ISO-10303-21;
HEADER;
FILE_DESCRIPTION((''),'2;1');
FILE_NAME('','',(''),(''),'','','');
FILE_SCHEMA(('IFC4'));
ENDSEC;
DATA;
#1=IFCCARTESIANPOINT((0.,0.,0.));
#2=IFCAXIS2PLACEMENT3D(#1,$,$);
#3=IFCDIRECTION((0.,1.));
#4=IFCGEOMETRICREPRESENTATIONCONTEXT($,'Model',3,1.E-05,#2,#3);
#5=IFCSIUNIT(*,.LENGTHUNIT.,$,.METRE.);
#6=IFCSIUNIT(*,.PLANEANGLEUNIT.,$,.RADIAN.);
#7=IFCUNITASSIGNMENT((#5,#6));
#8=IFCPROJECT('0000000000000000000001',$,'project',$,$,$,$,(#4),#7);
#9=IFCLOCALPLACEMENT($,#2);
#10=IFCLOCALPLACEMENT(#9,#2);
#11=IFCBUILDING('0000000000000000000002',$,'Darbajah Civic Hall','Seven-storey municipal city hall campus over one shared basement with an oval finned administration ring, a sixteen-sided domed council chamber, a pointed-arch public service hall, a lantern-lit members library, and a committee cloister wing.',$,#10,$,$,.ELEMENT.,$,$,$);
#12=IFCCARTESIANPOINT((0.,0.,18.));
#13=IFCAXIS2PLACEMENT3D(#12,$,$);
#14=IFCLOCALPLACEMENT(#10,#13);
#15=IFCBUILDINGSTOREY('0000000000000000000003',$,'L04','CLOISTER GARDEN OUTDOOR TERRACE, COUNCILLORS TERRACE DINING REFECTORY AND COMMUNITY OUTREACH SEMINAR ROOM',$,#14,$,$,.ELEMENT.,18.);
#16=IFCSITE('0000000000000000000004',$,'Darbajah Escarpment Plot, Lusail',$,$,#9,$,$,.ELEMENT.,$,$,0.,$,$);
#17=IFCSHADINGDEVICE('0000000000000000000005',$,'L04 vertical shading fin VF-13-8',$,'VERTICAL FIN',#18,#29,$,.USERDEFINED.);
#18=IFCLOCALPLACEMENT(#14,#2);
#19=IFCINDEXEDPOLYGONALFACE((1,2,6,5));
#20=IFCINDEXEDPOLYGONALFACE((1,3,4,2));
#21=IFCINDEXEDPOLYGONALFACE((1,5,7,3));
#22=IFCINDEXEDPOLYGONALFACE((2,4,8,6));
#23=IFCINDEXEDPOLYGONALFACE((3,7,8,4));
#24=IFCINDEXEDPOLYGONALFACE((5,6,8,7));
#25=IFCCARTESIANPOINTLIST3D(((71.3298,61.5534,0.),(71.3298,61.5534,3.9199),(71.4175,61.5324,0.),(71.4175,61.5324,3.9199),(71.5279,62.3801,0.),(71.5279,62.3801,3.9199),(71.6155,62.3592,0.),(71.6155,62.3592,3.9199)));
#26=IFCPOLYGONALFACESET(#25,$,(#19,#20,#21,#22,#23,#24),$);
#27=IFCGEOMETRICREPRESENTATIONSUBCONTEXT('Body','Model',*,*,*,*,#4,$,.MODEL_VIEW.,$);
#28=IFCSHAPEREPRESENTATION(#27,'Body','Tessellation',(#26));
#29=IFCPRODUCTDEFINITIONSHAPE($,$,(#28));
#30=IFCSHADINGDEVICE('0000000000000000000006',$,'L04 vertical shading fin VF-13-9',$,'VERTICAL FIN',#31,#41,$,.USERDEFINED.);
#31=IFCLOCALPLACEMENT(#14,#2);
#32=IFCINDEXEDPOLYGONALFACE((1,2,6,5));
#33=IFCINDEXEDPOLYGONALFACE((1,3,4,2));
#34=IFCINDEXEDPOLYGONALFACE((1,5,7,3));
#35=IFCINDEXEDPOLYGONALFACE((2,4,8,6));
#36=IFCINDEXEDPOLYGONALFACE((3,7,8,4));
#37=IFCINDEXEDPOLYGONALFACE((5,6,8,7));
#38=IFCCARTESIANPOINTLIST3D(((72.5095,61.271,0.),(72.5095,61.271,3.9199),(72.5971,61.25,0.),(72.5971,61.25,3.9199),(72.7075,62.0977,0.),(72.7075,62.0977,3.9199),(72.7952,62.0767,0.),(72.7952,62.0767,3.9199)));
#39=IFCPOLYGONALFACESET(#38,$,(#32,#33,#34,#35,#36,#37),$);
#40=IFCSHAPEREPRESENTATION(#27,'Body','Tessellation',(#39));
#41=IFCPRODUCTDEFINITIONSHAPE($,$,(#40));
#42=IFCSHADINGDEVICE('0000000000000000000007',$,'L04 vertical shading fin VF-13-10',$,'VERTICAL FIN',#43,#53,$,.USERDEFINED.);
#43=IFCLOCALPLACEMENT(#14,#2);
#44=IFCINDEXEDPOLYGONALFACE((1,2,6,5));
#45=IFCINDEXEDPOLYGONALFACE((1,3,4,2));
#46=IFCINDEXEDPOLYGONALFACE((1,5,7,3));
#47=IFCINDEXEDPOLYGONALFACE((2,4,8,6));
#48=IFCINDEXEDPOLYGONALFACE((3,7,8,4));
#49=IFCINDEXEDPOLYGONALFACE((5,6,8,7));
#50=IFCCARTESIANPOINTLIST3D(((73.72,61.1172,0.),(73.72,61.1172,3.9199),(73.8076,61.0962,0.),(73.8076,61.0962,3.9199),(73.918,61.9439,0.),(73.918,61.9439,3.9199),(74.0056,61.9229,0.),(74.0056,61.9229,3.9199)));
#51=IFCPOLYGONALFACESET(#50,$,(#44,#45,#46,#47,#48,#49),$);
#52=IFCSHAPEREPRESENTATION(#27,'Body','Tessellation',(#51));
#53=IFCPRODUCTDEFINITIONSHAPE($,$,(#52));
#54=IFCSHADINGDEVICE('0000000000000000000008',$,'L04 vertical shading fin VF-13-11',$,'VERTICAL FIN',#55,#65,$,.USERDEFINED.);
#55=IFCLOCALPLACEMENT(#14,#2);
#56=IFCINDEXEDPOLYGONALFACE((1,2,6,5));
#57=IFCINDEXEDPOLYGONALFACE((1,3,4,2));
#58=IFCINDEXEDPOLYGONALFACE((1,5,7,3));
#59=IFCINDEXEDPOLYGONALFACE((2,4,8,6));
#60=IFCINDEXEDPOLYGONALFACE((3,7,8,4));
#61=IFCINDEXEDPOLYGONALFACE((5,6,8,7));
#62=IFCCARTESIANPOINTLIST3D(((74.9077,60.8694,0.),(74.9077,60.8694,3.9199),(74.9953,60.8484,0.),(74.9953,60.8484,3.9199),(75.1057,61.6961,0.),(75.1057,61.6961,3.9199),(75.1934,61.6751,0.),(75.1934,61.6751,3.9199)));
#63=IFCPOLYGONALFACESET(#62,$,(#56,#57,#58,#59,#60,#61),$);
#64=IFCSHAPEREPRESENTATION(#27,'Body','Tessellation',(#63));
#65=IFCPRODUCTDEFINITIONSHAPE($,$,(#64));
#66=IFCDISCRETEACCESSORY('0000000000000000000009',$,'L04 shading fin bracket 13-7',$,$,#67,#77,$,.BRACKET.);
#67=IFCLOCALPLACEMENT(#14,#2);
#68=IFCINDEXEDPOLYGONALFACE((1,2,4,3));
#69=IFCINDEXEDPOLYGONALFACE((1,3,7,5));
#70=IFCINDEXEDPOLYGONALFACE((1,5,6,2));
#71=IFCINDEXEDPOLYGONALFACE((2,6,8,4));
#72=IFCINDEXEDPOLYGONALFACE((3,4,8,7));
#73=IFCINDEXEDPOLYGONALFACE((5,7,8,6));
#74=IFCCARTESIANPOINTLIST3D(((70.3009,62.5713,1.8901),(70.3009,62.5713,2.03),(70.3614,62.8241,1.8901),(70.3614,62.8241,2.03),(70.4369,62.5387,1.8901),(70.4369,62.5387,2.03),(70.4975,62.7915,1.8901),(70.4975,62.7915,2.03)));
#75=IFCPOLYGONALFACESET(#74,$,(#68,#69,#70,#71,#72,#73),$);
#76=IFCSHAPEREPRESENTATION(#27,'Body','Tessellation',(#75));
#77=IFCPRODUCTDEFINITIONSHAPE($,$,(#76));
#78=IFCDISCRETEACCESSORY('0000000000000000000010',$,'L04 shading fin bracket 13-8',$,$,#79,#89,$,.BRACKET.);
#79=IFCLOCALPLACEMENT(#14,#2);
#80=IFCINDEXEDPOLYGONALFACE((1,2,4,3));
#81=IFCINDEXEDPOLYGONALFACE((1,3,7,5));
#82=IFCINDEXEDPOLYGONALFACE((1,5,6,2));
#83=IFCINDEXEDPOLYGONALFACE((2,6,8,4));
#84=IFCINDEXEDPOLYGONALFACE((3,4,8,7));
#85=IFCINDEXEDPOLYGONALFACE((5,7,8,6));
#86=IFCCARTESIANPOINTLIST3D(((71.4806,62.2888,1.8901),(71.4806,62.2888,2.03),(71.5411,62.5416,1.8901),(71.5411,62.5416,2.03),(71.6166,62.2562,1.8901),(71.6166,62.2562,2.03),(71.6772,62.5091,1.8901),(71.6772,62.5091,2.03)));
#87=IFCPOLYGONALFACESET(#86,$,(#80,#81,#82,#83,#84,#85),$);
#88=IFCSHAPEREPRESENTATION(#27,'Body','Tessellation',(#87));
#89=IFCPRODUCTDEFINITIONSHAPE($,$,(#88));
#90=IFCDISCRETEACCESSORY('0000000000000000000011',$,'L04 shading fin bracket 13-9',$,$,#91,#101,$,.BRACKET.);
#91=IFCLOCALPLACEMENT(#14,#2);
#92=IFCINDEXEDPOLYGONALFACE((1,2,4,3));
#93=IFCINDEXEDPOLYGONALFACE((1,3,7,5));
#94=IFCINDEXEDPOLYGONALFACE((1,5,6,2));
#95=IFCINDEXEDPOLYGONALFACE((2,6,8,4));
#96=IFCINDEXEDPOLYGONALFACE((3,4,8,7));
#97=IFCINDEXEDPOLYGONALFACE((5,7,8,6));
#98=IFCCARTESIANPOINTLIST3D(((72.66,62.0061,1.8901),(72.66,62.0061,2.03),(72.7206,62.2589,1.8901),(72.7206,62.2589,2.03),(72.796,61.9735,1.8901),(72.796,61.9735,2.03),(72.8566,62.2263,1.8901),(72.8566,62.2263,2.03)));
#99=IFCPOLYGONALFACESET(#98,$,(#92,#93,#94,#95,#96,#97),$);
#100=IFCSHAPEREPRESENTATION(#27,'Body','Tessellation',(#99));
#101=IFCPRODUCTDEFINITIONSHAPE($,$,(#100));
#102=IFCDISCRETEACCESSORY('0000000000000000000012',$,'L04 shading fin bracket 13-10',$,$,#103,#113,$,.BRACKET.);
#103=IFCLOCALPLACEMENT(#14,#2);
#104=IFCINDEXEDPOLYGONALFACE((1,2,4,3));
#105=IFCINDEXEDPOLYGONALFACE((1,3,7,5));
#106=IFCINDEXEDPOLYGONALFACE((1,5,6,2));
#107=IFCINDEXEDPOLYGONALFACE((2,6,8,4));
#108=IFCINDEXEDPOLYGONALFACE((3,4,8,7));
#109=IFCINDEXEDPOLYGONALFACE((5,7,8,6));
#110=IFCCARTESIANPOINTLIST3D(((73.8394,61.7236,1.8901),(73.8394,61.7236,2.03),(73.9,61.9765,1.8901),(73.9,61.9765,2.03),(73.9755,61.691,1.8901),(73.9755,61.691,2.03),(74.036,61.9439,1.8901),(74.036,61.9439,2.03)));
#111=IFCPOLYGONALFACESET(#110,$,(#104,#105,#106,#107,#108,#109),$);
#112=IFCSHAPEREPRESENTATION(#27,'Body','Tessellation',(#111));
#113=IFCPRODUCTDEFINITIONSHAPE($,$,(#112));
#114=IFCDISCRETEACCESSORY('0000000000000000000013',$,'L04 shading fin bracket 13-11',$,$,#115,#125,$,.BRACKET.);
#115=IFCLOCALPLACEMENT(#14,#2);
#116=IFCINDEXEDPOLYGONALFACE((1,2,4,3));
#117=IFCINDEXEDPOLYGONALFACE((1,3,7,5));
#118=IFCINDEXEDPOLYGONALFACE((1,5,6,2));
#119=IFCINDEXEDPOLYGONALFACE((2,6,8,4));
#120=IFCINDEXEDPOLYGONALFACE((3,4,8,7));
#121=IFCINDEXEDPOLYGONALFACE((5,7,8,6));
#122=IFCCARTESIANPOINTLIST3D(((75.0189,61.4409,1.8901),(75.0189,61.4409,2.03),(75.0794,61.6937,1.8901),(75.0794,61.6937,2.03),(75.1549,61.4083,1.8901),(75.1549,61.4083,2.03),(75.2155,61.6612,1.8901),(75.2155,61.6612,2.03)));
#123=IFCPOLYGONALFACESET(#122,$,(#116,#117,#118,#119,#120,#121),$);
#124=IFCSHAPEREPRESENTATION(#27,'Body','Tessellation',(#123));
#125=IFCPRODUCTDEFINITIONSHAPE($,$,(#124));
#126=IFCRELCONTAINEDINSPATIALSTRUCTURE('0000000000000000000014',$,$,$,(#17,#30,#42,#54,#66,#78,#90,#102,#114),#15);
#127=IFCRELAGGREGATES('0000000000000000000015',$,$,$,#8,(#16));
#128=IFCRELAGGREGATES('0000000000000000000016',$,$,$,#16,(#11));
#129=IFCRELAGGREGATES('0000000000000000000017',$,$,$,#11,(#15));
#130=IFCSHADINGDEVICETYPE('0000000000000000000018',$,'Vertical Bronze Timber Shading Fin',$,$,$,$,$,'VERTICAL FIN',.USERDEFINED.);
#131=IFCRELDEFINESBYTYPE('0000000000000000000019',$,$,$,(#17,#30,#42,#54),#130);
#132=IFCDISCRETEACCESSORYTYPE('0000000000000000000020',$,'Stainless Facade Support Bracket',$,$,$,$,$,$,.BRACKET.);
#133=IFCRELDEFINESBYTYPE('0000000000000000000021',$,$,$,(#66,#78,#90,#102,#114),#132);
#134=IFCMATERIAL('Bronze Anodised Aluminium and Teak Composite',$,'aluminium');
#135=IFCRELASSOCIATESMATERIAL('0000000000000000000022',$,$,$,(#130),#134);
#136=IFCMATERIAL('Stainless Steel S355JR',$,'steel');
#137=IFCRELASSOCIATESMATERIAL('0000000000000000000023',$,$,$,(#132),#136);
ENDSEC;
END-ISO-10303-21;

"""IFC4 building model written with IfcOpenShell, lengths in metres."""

from ifc_helpers import new_model, si_unit, direction, frame, origin, origin_2d, place, context, subcontext, project, spatial, rectangle, extrude, material, type_object, element, save


model = new_model("IFC4")

# Units and contexts
model_context = context("Model", 3, precision=1e-05, world=origin(), true_north=direction((0.0, 1.0)))
body_context = subcontext(model_context, "Body", "Model", "MODEL_VIEW")
ifc_project = project(units=[si_unit("LENGTHUNIT", "METRE"), si_unit("PLANEANGLEUNIT", "RADIAN")], contexts=[model_context])

# Site, building, storey
site_placement = place(None, origin())
site = spatial("IfcSite", under=ifc_project, at=site_placement, Name="Darbajah Escarpment Plot, Lusail", CompositionType="ELEMENT", RefElevation=0.0)
building_placement = place(site_placement, origin())
building = spatial("IfcBuilding", under=site, at=building_placement, Name="Darbajah Civic Hall", Description="Seven-storey municipal city hall campus over one shared basement with an oval finned administration ring, a sixteen-sided domed council chamber, a pointed-arch public service hall, a lantern-lit members library, and a committee cloister wing.", CompositionType="ELEMENT")
storey_placement = place(building_placement, frame((0.0, 0.0, 18.0)))
storey = spatial("IfcBuildingStorey", under=building, at=storey_placement, Name="L04", Description="CLOISTER GARDEN OUTDOOR TERRACE, COUNCILLORS TERRACE DINING REFECTORY AND COMMUNITY OUTREACH SEMINAR ROOM", CompositionType="ELEMENT", Elevation=18.0)

# Shading devices
ifc_material_1 = material(Name="Bronze Anodised Aluminium and Teak Composite", Category="aluminium")
shading_device_type = type_object("IfcShadingDeviceType", Name="Vertical Bronze Timber Shading Fin", ElementType="VERTICAL FIN", PredefinedType="USERDEFINED", material=ifc_material_1)
for number, where, z_axis, x_axis, name in (
    (1, (71.4727, 61.9563, 0.0), (0.0, 0.0, 1.0), (-0.232936, -0.972492, 0.0), "L04 vertical shading fin VF-13-8"),
    (2, (72.6523, 61.6738, 0.0), (0.0, 0.0, 1.0), (-0.232936, -0.972492, 0.0), "L04 vertical shading fin VF-13-9"),
    (3, (73.8628, 61.52, 0.0), (0.0, 0.0, 1.0), (-0.232936, -0.972492, 0.0), "L04 vertical shading fin VF-13-10"),
    (4, (75.0505, 61.2722, 0.0), (0.0, 0.0, 1.0), (-0.232936, -0.972492, 0.0), "L04 vertical shading fin VF-13-11"),
):
    element("IfcShadingDevice", number, at=place(storey_placement, frame(where, z_axis=z_axis, x_axis=x_axis)), inside=storey, type_object=shading_device_type, Name=name, ObjectType="VERTICAL FIN", PredefinedType="USERDEFINED", context=body_context, shape_type="SweptSolid", body=[
        extrude(rectangle(XDim=0.8501, YDim=0.0901, at=origin_2d()), origin(), (0.0, 0.0, 1.0), 3.9199),
    ])

# Discrete accessories
ifc_material_2 = material(Name="Stainless Steel S355JR", Category="steel")
discrete_accessory_type = type_object("IfcDiscreteAccessoryType", Name="Stainless Facade Support Bracket", PredefinedType="BRACKET", material=ifc_material_2)
for number, where, z_axis, x_axis, name in (
    (5, (70.3992, 62.6814, 1.8901), (0.0, 0.0, 1.0), (-0.232936, -0.972492, 0.0), "L04 shading fin bracket 13-7"),
    (6, (71.5789, 62.3989, 1.8901), (0.0, 0.0, 1.0), (-0.232936, -0.972492, 0.0), "L04 shading fin bracket 13-8"),
    (7, (72.7583, 62.1162, 1.8901), (0.0, 0.0, 1.0), (-0.232936, -0.972492, 0.0), "L04 shading fin bracket 13-9"),
    (8, (73.9377, 61.8337, 1.8901), (0.0, 0.0, 1.0), (-0.232936, -0.972492, 0.0), "L04 shading fin bracket 13-10"),
    (9, (75.1172, 61.551, 1.8901), (0.0, 0.0, 1.0), (-0.232936, -0.972492, 0.0), "L04 shading fin bracket 13-11"),
):
    element("IfcDiscreteAccessory", number, at=place(storey_placement, frame(where, z_axis=z_axis, x_axis=x_axis)), inside=storey, type_object=discrete_accessory_type, Name=name, PredefinedType="BRACKET", context=body_context, shape_type="SweptSolid", body=[
        extrude(rectangle(XDim=0.26, YDim=0.1399, at=origin_2d()), origin(), (0.0, 0.0, 1.0), 0.1399),
    ])

save(model, "model.ifc")
